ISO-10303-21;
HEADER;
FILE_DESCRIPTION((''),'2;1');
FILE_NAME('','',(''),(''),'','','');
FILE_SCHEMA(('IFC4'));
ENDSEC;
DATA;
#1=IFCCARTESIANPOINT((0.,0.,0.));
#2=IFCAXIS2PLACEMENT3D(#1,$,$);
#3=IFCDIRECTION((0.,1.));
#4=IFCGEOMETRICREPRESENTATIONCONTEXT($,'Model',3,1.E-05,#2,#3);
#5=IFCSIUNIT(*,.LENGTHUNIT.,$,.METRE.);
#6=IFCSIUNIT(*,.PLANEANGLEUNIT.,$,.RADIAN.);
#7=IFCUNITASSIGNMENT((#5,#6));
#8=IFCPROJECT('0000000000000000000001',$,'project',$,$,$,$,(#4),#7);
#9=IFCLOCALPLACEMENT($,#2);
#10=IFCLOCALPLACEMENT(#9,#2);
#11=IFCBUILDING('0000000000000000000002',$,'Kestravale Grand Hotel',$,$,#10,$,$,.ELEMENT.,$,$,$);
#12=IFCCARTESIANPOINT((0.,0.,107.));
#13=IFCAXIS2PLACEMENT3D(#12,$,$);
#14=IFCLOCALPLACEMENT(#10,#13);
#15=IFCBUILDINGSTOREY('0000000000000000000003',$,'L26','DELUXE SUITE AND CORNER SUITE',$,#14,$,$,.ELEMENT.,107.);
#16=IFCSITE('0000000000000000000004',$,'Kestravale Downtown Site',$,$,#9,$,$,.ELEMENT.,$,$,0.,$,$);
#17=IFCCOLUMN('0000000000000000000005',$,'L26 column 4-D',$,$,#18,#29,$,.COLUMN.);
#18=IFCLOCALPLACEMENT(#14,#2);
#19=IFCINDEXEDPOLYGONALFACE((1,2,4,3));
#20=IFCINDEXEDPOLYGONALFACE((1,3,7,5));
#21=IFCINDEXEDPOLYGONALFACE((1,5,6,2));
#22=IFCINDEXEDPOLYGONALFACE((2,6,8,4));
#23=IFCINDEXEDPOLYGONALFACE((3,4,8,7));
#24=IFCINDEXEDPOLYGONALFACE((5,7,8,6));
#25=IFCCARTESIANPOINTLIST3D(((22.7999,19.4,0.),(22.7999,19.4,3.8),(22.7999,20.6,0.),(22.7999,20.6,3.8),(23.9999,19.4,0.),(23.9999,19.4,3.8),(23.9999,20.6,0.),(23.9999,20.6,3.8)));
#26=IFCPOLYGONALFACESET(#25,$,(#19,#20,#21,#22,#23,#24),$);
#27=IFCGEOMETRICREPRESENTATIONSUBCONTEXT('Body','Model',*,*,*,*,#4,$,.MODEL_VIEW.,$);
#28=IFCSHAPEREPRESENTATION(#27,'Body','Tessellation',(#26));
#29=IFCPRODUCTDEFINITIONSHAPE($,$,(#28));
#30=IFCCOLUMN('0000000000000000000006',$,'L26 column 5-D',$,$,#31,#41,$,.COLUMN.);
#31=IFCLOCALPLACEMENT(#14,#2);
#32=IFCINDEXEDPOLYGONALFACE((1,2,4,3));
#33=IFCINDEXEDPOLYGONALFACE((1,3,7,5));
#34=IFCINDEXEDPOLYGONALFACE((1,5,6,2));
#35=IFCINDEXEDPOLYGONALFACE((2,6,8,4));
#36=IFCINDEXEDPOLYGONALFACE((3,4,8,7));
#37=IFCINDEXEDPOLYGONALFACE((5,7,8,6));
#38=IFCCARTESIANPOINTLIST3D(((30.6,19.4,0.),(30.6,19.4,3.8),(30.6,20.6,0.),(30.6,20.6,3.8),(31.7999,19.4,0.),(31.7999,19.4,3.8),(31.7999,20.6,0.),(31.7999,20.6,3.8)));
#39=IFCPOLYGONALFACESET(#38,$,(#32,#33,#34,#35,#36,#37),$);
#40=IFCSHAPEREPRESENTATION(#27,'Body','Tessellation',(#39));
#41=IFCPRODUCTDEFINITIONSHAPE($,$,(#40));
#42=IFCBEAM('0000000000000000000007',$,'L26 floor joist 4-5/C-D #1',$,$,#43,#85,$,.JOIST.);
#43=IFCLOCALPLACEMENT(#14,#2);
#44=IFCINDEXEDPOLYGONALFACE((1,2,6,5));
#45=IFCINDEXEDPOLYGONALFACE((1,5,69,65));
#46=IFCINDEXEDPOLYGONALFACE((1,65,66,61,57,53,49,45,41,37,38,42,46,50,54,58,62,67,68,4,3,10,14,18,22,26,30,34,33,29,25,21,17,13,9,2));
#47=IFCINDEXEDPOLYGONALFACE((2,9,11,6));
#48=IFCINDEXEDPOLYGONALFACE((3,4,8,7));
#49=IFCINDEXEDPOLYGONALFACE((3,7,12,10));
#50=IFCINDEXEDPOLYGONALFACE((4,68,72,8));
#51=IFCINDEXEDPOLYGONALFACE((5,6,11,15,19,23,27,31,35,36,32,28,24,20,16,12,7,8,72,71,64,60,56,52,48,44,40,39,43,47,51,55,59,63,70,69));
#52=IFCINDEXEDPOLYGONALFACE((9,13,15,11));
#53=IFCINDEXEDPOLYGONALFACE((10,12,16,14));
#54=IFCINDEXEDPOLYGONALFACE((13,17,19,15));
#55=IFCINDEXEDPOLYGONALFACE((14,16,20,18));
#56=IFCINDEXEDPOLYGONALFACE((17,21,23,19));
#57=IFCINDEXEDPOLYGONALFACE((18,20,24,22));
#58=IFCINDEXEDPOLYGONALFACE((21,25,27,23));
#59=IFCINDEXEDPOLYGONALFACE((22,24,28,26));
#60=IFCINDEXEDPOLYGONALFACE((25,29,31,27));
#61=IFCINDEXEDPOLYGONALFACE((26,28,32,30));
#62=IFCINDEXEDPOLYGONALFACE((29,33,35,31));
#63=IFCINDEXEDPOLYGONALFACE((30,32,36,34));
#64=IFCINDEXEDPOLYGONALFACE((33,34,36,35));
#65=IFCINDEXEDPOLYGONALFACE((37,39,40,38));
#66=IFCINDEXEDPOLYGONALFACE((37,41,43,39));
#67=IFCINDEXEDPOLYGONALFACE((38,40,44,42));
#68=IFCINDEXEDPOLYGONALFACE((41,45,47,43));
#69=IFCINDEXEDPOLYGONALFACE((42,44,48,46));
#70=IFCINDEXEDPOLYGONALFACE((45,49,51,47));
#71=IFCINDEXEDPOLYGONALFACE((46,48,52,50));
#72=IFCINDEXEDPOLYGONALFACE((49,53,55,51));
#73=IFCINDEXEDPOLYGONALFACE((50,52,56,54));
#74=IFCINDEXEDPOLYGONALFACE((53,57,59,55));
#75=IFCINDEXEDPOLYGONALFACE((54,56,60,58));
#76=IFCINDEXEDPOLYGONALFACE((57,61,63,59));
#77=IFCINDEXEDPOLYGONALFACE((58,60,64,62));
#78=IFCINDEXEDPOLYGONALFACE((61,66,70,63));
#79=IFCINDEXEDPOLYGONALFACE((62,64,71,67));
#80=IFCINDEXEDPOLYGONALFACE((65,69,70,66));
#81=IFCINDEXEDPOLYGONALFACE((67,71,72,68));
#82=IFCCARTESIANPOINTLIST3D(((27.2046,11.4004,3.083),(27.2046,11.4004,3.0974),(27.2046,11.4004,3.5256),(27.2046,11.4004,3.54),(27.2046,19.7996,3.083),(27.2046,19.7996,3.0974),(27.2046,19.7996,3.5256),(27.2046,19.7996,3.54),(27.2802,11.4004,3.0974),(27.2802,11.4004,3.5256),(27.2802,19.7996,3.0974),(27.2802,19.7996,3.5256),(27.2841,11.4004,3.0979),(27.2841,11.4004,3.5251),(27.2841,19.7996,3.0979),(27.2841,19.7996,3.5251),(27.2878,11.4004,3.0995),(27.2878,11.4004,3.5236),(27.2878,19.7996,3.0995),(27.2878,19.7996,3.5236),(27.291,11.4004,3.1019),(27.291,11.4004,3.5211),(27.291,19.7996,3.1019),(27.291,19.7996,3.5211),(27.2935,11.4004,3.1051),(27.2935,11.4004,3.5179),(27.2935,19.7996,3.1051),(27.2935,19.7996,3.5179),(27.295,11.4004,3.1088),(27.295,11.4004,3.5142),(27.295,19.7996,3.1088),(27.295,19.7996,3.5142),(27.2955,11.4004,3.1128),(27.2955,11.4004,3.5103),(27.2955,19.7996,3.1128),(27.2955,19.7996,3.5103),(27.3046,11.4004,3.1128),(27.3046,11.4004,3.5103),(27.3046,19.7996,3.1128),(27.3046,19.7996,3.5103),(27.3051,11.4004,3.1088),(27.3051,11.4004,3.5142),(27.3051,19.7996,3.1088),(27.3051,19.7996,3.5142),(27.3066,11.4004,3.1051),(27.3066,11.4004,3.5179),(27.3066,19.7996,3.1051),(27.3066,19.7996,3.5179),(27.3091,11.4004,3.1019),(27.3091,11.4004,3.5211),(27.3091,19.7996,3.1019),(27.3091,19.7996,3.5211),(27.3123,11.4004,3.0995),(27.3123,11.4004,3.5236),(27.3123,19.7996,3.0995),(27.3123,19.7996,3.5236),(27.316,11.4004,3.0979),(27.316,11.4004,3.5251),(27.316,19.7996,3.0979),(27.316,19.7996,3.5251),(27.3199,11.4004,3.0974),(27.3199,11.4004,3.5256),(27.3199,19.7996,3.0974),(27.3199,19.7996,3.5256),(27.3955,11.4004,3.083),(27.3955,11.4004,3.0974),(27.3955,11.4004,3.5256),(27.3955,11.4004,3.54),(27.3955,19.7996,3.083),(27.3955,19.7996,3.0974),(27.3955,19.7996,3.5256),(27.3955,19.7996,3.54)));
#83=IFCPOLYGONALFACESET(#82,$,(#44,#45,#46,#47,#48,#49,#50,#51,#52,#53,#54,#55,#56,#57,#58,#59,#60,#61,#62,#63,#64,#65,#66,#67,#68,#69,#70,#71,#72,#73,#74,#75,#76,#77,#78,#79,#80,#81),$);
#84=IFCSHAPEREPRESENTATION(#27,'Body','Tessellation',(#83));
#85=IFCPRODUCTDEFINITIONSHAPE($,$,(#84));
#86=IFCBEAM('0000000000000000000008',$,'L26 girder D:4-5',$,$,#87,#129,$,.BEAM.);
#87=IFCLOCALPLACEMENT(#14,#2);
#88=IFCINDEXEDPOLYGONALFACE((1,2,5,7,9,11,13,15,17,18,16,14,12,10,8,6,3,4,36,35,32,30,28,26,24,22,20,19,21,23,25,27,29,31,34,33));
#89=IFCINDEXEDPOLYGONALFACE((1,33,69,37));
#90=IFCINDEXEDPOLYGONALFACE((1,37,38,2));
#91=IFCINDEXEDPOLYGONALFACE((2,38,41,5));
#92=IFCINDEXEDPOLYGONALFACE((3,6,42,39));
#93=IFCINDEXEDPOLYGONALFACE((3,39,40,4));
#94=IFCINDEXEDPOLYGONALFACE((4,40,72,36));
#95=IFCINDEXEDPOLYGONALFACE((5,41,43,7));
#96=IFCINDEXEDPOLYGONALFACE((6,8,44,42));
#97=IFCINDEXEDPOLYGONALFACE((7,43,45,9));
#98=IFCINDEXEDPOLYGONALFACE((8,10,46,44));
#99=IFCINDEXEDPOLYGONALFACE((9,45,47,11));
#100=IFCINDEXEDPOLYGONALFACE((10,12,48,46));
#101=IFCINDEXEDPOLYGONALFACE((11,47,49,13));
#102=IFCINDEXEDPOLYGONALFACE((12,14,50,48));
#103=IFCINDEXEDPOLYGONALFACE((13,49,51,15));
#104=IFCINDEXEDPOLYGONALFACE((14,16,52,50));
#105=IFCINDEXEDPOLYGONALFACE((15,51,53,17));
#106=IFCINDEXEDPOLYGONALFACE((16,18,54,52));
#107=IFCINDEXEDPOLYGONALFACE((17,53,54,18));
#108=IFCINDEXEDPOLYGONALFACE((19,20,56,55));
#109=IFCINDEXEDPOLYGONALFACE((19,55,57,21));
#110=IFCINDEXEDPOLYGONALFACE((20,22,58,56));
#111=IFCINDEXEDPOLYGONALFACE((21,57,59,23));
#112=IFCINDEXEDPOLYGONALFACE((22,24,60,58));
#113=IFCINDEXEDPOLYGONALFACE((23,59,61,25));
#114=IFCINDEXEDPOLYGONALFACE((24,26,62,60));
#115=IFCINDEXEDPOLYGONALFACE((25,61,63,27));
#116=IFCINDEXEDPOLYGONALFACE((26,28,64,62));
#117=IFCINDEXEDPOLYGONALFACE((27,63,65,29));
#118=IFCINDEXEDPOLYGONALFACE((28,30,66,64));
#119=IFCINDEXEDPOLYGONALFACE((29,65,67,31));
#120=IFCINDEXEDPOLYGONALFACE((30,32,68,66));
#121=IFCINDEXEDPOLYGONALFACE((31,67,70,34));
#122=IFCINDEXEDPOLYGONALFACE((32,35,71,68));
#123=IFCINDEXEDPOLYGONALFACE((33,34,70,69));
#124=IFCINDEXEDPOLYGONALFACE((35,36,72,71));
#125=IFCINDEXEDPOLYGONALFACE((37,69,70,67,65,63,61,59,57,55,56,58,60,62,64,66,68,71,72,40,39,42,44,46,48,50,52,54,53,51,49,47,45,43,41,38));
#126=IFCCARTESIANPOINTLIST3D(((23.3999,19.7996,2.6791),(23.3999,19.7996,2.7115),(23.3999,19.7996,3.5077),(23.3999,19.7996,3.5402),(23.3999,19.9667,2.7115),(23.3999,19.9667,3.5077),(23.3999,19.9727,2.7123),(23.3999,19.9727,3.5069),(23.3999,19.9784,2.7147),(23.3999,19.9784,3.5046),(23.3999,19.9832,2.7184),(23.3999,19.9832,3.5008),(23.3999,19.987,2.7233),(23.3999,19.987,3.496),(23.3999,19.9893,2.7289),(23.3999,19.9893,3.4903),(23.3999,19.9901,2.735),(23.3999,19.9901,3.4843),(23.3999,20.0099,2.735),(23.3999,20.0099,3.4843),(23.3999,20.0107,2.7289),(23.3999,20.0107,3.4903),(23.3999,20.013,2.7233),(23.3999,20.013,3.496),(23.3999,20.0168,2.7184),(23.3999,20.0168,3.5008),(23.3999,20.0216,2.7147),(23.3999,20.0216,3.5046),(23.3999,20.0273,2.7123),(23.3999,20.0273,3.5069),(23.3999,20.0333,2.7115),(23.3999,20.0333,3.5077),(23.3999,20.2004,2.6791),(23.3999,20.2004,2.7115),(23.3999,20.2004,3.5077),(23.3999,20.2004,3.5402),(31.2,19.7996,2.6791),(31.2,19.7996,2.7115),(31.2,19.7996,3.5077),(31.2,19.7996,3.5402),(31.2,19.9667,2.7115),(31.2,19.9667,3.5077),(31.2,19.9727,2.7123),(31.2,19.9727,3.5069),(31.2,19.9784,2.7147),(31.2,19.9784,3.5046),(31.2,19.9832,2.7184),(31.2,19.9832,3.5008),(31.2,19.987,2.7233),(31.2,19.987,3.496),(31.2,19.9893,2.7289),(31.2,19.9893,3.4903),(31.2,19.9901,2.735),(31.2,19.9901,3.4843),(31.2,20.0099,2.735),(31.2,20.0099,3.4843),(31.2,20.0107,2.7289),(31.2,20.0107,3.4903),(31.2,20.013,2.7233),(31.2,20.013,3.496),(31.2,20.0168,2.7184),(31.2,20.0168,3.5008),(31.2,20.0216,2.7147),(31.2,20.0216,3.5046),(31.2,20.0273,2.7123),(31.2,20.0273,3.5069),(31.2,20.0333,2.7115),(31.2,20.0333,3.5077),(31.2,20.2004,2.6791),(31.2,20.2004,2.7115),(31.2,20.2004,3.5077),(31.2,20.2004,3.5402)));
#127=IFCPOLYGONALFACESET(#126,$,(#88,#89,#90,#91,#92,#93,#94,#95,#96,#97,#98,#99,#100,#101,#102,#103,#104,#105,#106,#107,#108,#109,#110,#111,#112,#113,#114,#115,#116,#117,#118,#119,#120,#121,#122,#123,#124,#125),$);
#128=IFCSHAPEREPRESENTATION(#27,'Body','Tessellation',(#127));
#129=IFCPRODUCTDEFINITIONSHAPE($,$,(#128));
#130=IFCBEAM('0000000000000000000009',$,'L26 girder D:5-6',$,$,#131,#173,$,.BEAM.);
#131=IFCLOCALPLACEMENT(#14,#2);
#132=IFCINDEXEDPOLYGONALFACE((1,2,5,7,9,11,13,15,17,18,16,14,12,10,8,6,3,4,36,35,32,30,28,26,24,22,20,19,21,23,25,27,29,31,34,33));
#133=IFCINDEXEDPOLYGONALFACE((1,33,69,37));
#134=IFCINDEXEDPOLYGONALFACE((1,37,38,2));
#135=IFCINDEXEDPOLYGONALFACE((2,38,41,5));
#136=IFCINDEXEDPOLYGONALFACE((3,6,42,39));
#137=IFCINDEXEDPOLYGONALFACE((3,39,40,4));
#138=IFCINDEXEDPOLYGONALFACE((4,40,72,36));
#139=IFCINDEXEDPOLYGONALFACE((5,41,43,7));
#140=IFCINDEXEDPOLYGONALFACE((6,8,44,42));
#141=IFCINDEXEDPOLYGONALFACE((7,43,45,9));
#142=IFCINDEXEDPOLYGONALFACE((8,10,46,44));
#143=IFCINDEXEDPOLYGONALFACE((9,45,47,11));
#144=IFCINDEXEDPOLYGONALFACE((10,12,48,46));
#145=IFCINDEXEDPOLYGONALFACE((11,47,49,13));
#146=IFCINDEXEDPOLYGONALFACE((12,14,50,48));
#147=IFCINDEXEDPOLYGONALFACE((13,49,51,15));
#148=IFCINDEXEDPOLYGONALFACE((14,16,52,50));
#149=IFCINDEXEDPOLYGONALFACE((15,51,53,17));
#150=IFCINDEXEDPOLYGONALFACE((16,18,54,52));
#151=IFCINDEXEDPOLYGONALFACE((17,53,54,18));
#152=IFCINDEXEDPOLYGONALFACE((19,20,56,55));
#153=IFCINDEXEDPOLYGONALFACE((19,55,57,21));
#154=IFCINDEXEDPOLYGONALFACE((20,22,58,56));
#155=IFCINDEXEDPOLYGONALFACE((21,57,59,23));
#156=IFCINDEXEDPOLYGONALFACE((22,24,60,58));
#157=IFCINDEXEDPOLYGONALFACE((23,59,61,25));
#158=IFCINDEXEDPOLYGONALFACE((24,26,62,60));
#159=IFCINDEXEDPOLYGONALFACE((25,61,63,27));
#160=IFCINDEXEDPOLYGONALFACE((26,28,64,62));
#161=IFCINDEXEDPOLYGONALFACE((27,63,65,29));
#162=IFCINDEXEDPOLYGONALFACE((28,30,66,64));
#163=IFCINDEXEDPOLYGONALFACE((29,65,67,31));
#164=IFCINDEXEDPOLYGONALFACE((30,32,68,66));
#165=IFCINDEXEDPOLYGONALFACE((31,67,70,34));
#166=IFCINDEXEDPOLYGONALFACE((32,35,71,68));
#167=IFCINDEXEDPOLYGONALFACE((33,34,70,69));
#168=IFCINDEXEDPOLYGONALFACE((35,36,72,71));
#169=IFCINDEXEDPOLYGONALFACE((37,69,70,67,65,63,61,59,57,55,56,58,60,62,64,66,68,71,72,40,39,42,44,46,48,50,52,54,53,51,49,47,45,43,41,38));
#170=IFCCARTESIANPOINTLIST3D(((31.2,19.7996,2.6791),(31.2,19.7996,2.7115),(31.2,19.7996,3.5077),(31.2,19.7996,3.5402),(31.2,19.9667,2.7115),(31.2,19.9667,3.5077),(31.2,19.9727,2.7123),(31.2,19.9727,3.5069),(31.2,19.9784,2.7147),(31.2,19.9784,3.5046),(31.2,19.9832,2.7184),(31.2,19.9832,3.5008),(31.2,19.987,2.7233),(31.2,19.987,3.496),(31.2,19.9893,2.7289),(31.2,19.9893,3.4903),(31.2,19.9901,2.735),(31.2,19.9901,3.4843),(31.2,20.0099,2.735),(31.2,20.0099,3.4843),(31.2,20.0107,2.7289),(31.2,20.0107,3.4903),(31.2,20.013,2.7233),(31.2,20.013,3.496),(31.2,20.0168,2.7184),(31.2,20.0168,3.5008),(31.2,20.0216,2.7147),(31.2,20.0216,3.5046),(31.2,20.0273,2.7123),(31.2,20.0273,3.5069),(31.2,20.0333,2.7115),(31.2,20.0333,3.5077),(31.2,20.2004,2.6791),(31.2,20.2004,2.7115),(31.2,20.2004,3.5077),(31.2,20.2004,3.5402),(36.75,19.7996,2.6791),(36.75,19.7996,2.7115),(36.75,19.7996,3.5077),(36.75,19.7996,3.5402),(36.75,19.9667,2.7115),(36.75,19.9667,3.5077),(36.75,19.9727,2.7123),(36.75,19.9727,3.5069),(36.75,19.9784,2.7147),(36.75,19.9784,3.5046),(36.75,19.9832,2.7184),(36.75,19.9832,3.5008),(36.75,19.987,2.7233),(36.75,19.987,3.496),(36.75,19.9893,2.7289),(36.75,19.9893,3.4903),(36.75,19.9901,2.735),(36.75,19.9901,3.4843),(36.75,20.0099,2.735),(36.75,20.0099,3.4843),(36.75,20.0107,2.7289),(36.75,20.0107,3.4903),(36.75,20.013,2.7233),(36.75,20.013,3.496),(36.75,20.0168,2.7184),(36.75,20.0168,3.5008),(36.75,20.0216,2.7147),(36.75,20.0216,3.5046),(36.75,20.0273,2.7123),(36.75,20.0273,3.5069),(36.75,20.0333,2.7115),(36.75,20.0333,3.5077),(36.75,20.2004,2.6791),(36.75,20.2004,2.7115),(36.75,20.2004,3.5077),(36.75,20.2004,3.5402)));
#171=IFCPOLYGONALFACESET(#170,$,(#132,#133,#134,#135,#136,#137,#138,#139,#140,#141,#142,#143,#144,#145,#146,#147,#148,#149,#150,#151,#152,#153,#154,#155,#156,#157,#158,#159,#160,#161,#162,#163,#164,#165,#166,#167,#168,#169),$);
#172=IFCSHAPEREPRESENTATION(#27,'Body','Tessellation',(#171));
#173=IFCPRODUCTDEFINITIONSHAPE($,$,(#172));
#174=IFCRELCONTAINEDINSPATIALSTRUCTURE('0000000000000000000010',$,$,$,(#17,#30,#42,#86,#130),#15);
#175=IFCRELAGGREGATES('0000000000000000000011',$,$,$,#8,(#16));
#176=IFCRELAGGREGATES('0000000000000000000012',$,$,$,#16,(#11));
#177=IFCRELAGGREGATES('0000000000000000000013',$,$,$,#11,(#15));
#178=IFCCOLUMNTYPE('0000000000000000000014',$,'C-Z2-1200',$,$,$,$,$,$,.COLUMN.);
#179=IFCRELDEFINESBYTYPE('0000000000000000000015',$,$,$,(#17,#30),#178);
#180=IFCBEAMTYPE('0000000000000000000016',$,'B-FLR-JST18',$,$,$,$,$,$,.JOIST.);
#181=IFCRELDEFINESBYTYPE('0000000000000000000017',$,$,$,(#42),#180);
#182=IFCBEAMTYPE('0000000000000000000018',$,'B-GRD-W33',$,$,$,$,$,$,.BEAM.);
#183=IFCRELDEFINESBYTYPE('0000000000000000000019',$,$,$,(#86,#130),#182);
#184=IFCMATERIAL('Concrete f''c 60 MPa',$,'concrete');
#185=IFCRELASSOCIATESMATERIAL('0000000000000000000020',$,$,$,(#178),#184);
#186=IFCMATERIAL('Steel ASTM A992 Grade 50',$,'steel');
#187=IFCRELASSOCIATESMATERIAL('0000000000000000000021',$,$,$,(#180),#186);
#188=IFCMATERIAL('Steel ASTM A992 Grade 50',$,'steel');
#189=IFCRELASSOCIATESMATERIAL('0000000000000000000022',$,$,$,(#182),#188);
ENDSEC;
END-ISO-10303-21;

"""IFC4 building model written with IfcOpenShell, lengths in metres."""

from ifc_helpers import new_model, si_unit, direction, frame, origin, origin_2d, place, context, subcontext, project, spatial, rectangle, i_section, extrude, material, material_profile, profile_set, type_object, element, save


model = new_model("IFC4")

# Units and contexts
model_context = context("Model", 3, precision=1e-05, world=origin(), true_north=direction((0.0, 1.0)))
body_context = subcontext(model_context, "Body", "Model", "MODEL_VIEW")
ifc_project = project(units=[si_unit("LENGTHUNIT", "METRE"), si_unit("PLANEANGLEUNIT", "RADIAN")], contexts=[model_context])

# Site, building, storey
site_placement = place(None, origin())
site = spatial("IfcSite", under=ifc_project, at=site_placement, Name="Kestravale Downtown Site", CompositionType="ELEMENT", RefElevation=0.0)
building_placement = place(site_placement, origin())
building = spatial("IfcBuilding", under=site, at=building_placement, Name="Kestravale Grand Hotel", CompositionType="ELEMENT")
storey_placement = place(building_placement, frame((0.0, 0.0, 107.0)))
storey = spatial("IfcBuildingStorey", under=building, at=storey_placement, Name="L26", Description="DELUXE SUITE AND CORNER SUITE", CompositionType="ELEMENT", Elevation=107.0)

# Columns
ifc_material_1 = material(Name="Concrete f'c 60 MPa", Category="concrete")
ifc_material_profile_1 = material_profile(ifc_material_1, rectangle(XDim=1.2, YDim=1.2, at=origin_2d()))
ifc_profile_set_1 = profile_set([ifc_material_profile_1], Name="Concrete f'c 60 MPa")
column_type = type_object("IfcColumnType", Name="C-Z2-1200", PredefinedType="COLUMN", material=ifc_profile_set_1)
for number, where, z_axis, x_axis, name in (
    (1, (23.3999, 20.0, 0.0), (0.0, 0.0, 1.0), (1.0, 0.0, 0.0), "L26 column 4-D"),
    (2, (31.2, 20.0, 0.0), (0.0, 0.0, 1.0), (1.0, 0.0, 0.0), "L26 column 5-D"),
):
    element("IfcColumn", number, at=place(storey_placement, frame(where, z_axis=z_axis, x_axis=x_axis)), inside=storey, type_object=column_type, Name=name, PredefinedType="COLUMN", context=body_context, shape_type="SweptSolid", body=[
        extrude(rectangle(XDim=1.2, YDim=1.2, at=origin_2d()), origin(), (0.0, 0.0, 1.0), 3.8),
    ])

# Beams
ifc_material_2 = material(Name="Steel ASTM A992 Grade 50", Category="steel")
ifc_material_profile_2 = material_profile(ifc_material_2, i_section(OverallWidth=0.1909, OverallDepth=0.457, WebThickness=0.009, FlangeThickness=0.0144, FilletRadius=0.0154, at=origin_2d()))
ifc_profile_set_2 = profile_set([ifc_material_profile_2], Name="Steel ASTM A992 Grade 50")
beam_type_1 = type_object("IfcBeamType", Name="B-FLR-JST18", PredefinedType="JOIST", material=ifc_profile_set_2)
beam_1_placement = place(storey_placement, frame((27.3, 11.4004, 3.3115), z_axis=(0.0, 1.0, 0.0), x_axis=(-1.0, 0.0, 0.0)))
element("IfcBeam", 3, at=beam_1_placement, inside=storey, type_object=beam_type_1, Name="L26 floor joist 4-5/C-D #1", PredefinedType="JOIST", context=body_context, shape_type="SweptSolid", body=[
    extrude(i_section(OverallWidth=0.1909, OverallDepth=0.457, WebThickness=0.009, FlangeThickness=0.0144, FilletRadius=0.0154, at=origin_2d()), origin(), (0.0, 0.0, 1.0), 8.3992),
])
ifc_material_3 = material(Name="Steel ASTM A992 Grade 50", Category="steel")
ifc_material_profile_3 = material_profile(ifc_material_3, i_section(OverallWidth=0.4009, OverallDepth=0.8611, WebThickness=0.0198, FlangeThickness=0.0325, FilletRadius=0.0234, at=origin_2d()))
ifc_profile_set_3 = profile_set([ifc_material_profile_3], Name="Steel ASTM A992 Grade 50")
beam_type_2 = type_object("IfcBeamType", Name="B-GRD-W33", PredefinedType="BEAM", material=ifc_profile_set_3)
beam_2_placement = place(storey_placement, frame((23.3999, 20.0, 3.1096), z_axis=(1.0, 0.0, 0.0), x_axis=(0.0, 1.0, 0.0)))
element("IfcBeam", 4, at=beam_2_placement, inside=storey, type_object=beam_type_2, Name="L26 girder D:4-5", PredefinedType="BEAM", context=body_context, shape_type="SweptSolid", body=[
    extrude(i_section(OverallWidth=0.4009, OverallDepth=0.8611, WebThickness=0.0198, FlangeThickness=0.0325, FilletRadius=0.0234, at=origin_2d()), origin(), (0.0, 0.0, 1.0), 7.8),
])
beam_3_placement = place(storey_placement, frame((31.2, 20.0, 3.1096), z_axis=(1.0, 0.0, 0.0), x_axis=(0.0, 1.0, 0.0)))
element("IfcBeam", 5, at=beam_3_placement, inside=storey, type_object=beam_type_2, Name="L26 girder D:5-6", PredefinedType="BEAM", context=body_context, shape_type="SweptSolid", body=[
    extrude(i_section(OverallWidth=0.4009, OverallDepth=0.8611, WebThickness=0.0198, FlangeThickness=0.0325, FilletRadius=0.0234, at=origin_2d()), origin(), (0.0, 0.0, 1.0), 5.55),
])

save(model, "model.ifc")
